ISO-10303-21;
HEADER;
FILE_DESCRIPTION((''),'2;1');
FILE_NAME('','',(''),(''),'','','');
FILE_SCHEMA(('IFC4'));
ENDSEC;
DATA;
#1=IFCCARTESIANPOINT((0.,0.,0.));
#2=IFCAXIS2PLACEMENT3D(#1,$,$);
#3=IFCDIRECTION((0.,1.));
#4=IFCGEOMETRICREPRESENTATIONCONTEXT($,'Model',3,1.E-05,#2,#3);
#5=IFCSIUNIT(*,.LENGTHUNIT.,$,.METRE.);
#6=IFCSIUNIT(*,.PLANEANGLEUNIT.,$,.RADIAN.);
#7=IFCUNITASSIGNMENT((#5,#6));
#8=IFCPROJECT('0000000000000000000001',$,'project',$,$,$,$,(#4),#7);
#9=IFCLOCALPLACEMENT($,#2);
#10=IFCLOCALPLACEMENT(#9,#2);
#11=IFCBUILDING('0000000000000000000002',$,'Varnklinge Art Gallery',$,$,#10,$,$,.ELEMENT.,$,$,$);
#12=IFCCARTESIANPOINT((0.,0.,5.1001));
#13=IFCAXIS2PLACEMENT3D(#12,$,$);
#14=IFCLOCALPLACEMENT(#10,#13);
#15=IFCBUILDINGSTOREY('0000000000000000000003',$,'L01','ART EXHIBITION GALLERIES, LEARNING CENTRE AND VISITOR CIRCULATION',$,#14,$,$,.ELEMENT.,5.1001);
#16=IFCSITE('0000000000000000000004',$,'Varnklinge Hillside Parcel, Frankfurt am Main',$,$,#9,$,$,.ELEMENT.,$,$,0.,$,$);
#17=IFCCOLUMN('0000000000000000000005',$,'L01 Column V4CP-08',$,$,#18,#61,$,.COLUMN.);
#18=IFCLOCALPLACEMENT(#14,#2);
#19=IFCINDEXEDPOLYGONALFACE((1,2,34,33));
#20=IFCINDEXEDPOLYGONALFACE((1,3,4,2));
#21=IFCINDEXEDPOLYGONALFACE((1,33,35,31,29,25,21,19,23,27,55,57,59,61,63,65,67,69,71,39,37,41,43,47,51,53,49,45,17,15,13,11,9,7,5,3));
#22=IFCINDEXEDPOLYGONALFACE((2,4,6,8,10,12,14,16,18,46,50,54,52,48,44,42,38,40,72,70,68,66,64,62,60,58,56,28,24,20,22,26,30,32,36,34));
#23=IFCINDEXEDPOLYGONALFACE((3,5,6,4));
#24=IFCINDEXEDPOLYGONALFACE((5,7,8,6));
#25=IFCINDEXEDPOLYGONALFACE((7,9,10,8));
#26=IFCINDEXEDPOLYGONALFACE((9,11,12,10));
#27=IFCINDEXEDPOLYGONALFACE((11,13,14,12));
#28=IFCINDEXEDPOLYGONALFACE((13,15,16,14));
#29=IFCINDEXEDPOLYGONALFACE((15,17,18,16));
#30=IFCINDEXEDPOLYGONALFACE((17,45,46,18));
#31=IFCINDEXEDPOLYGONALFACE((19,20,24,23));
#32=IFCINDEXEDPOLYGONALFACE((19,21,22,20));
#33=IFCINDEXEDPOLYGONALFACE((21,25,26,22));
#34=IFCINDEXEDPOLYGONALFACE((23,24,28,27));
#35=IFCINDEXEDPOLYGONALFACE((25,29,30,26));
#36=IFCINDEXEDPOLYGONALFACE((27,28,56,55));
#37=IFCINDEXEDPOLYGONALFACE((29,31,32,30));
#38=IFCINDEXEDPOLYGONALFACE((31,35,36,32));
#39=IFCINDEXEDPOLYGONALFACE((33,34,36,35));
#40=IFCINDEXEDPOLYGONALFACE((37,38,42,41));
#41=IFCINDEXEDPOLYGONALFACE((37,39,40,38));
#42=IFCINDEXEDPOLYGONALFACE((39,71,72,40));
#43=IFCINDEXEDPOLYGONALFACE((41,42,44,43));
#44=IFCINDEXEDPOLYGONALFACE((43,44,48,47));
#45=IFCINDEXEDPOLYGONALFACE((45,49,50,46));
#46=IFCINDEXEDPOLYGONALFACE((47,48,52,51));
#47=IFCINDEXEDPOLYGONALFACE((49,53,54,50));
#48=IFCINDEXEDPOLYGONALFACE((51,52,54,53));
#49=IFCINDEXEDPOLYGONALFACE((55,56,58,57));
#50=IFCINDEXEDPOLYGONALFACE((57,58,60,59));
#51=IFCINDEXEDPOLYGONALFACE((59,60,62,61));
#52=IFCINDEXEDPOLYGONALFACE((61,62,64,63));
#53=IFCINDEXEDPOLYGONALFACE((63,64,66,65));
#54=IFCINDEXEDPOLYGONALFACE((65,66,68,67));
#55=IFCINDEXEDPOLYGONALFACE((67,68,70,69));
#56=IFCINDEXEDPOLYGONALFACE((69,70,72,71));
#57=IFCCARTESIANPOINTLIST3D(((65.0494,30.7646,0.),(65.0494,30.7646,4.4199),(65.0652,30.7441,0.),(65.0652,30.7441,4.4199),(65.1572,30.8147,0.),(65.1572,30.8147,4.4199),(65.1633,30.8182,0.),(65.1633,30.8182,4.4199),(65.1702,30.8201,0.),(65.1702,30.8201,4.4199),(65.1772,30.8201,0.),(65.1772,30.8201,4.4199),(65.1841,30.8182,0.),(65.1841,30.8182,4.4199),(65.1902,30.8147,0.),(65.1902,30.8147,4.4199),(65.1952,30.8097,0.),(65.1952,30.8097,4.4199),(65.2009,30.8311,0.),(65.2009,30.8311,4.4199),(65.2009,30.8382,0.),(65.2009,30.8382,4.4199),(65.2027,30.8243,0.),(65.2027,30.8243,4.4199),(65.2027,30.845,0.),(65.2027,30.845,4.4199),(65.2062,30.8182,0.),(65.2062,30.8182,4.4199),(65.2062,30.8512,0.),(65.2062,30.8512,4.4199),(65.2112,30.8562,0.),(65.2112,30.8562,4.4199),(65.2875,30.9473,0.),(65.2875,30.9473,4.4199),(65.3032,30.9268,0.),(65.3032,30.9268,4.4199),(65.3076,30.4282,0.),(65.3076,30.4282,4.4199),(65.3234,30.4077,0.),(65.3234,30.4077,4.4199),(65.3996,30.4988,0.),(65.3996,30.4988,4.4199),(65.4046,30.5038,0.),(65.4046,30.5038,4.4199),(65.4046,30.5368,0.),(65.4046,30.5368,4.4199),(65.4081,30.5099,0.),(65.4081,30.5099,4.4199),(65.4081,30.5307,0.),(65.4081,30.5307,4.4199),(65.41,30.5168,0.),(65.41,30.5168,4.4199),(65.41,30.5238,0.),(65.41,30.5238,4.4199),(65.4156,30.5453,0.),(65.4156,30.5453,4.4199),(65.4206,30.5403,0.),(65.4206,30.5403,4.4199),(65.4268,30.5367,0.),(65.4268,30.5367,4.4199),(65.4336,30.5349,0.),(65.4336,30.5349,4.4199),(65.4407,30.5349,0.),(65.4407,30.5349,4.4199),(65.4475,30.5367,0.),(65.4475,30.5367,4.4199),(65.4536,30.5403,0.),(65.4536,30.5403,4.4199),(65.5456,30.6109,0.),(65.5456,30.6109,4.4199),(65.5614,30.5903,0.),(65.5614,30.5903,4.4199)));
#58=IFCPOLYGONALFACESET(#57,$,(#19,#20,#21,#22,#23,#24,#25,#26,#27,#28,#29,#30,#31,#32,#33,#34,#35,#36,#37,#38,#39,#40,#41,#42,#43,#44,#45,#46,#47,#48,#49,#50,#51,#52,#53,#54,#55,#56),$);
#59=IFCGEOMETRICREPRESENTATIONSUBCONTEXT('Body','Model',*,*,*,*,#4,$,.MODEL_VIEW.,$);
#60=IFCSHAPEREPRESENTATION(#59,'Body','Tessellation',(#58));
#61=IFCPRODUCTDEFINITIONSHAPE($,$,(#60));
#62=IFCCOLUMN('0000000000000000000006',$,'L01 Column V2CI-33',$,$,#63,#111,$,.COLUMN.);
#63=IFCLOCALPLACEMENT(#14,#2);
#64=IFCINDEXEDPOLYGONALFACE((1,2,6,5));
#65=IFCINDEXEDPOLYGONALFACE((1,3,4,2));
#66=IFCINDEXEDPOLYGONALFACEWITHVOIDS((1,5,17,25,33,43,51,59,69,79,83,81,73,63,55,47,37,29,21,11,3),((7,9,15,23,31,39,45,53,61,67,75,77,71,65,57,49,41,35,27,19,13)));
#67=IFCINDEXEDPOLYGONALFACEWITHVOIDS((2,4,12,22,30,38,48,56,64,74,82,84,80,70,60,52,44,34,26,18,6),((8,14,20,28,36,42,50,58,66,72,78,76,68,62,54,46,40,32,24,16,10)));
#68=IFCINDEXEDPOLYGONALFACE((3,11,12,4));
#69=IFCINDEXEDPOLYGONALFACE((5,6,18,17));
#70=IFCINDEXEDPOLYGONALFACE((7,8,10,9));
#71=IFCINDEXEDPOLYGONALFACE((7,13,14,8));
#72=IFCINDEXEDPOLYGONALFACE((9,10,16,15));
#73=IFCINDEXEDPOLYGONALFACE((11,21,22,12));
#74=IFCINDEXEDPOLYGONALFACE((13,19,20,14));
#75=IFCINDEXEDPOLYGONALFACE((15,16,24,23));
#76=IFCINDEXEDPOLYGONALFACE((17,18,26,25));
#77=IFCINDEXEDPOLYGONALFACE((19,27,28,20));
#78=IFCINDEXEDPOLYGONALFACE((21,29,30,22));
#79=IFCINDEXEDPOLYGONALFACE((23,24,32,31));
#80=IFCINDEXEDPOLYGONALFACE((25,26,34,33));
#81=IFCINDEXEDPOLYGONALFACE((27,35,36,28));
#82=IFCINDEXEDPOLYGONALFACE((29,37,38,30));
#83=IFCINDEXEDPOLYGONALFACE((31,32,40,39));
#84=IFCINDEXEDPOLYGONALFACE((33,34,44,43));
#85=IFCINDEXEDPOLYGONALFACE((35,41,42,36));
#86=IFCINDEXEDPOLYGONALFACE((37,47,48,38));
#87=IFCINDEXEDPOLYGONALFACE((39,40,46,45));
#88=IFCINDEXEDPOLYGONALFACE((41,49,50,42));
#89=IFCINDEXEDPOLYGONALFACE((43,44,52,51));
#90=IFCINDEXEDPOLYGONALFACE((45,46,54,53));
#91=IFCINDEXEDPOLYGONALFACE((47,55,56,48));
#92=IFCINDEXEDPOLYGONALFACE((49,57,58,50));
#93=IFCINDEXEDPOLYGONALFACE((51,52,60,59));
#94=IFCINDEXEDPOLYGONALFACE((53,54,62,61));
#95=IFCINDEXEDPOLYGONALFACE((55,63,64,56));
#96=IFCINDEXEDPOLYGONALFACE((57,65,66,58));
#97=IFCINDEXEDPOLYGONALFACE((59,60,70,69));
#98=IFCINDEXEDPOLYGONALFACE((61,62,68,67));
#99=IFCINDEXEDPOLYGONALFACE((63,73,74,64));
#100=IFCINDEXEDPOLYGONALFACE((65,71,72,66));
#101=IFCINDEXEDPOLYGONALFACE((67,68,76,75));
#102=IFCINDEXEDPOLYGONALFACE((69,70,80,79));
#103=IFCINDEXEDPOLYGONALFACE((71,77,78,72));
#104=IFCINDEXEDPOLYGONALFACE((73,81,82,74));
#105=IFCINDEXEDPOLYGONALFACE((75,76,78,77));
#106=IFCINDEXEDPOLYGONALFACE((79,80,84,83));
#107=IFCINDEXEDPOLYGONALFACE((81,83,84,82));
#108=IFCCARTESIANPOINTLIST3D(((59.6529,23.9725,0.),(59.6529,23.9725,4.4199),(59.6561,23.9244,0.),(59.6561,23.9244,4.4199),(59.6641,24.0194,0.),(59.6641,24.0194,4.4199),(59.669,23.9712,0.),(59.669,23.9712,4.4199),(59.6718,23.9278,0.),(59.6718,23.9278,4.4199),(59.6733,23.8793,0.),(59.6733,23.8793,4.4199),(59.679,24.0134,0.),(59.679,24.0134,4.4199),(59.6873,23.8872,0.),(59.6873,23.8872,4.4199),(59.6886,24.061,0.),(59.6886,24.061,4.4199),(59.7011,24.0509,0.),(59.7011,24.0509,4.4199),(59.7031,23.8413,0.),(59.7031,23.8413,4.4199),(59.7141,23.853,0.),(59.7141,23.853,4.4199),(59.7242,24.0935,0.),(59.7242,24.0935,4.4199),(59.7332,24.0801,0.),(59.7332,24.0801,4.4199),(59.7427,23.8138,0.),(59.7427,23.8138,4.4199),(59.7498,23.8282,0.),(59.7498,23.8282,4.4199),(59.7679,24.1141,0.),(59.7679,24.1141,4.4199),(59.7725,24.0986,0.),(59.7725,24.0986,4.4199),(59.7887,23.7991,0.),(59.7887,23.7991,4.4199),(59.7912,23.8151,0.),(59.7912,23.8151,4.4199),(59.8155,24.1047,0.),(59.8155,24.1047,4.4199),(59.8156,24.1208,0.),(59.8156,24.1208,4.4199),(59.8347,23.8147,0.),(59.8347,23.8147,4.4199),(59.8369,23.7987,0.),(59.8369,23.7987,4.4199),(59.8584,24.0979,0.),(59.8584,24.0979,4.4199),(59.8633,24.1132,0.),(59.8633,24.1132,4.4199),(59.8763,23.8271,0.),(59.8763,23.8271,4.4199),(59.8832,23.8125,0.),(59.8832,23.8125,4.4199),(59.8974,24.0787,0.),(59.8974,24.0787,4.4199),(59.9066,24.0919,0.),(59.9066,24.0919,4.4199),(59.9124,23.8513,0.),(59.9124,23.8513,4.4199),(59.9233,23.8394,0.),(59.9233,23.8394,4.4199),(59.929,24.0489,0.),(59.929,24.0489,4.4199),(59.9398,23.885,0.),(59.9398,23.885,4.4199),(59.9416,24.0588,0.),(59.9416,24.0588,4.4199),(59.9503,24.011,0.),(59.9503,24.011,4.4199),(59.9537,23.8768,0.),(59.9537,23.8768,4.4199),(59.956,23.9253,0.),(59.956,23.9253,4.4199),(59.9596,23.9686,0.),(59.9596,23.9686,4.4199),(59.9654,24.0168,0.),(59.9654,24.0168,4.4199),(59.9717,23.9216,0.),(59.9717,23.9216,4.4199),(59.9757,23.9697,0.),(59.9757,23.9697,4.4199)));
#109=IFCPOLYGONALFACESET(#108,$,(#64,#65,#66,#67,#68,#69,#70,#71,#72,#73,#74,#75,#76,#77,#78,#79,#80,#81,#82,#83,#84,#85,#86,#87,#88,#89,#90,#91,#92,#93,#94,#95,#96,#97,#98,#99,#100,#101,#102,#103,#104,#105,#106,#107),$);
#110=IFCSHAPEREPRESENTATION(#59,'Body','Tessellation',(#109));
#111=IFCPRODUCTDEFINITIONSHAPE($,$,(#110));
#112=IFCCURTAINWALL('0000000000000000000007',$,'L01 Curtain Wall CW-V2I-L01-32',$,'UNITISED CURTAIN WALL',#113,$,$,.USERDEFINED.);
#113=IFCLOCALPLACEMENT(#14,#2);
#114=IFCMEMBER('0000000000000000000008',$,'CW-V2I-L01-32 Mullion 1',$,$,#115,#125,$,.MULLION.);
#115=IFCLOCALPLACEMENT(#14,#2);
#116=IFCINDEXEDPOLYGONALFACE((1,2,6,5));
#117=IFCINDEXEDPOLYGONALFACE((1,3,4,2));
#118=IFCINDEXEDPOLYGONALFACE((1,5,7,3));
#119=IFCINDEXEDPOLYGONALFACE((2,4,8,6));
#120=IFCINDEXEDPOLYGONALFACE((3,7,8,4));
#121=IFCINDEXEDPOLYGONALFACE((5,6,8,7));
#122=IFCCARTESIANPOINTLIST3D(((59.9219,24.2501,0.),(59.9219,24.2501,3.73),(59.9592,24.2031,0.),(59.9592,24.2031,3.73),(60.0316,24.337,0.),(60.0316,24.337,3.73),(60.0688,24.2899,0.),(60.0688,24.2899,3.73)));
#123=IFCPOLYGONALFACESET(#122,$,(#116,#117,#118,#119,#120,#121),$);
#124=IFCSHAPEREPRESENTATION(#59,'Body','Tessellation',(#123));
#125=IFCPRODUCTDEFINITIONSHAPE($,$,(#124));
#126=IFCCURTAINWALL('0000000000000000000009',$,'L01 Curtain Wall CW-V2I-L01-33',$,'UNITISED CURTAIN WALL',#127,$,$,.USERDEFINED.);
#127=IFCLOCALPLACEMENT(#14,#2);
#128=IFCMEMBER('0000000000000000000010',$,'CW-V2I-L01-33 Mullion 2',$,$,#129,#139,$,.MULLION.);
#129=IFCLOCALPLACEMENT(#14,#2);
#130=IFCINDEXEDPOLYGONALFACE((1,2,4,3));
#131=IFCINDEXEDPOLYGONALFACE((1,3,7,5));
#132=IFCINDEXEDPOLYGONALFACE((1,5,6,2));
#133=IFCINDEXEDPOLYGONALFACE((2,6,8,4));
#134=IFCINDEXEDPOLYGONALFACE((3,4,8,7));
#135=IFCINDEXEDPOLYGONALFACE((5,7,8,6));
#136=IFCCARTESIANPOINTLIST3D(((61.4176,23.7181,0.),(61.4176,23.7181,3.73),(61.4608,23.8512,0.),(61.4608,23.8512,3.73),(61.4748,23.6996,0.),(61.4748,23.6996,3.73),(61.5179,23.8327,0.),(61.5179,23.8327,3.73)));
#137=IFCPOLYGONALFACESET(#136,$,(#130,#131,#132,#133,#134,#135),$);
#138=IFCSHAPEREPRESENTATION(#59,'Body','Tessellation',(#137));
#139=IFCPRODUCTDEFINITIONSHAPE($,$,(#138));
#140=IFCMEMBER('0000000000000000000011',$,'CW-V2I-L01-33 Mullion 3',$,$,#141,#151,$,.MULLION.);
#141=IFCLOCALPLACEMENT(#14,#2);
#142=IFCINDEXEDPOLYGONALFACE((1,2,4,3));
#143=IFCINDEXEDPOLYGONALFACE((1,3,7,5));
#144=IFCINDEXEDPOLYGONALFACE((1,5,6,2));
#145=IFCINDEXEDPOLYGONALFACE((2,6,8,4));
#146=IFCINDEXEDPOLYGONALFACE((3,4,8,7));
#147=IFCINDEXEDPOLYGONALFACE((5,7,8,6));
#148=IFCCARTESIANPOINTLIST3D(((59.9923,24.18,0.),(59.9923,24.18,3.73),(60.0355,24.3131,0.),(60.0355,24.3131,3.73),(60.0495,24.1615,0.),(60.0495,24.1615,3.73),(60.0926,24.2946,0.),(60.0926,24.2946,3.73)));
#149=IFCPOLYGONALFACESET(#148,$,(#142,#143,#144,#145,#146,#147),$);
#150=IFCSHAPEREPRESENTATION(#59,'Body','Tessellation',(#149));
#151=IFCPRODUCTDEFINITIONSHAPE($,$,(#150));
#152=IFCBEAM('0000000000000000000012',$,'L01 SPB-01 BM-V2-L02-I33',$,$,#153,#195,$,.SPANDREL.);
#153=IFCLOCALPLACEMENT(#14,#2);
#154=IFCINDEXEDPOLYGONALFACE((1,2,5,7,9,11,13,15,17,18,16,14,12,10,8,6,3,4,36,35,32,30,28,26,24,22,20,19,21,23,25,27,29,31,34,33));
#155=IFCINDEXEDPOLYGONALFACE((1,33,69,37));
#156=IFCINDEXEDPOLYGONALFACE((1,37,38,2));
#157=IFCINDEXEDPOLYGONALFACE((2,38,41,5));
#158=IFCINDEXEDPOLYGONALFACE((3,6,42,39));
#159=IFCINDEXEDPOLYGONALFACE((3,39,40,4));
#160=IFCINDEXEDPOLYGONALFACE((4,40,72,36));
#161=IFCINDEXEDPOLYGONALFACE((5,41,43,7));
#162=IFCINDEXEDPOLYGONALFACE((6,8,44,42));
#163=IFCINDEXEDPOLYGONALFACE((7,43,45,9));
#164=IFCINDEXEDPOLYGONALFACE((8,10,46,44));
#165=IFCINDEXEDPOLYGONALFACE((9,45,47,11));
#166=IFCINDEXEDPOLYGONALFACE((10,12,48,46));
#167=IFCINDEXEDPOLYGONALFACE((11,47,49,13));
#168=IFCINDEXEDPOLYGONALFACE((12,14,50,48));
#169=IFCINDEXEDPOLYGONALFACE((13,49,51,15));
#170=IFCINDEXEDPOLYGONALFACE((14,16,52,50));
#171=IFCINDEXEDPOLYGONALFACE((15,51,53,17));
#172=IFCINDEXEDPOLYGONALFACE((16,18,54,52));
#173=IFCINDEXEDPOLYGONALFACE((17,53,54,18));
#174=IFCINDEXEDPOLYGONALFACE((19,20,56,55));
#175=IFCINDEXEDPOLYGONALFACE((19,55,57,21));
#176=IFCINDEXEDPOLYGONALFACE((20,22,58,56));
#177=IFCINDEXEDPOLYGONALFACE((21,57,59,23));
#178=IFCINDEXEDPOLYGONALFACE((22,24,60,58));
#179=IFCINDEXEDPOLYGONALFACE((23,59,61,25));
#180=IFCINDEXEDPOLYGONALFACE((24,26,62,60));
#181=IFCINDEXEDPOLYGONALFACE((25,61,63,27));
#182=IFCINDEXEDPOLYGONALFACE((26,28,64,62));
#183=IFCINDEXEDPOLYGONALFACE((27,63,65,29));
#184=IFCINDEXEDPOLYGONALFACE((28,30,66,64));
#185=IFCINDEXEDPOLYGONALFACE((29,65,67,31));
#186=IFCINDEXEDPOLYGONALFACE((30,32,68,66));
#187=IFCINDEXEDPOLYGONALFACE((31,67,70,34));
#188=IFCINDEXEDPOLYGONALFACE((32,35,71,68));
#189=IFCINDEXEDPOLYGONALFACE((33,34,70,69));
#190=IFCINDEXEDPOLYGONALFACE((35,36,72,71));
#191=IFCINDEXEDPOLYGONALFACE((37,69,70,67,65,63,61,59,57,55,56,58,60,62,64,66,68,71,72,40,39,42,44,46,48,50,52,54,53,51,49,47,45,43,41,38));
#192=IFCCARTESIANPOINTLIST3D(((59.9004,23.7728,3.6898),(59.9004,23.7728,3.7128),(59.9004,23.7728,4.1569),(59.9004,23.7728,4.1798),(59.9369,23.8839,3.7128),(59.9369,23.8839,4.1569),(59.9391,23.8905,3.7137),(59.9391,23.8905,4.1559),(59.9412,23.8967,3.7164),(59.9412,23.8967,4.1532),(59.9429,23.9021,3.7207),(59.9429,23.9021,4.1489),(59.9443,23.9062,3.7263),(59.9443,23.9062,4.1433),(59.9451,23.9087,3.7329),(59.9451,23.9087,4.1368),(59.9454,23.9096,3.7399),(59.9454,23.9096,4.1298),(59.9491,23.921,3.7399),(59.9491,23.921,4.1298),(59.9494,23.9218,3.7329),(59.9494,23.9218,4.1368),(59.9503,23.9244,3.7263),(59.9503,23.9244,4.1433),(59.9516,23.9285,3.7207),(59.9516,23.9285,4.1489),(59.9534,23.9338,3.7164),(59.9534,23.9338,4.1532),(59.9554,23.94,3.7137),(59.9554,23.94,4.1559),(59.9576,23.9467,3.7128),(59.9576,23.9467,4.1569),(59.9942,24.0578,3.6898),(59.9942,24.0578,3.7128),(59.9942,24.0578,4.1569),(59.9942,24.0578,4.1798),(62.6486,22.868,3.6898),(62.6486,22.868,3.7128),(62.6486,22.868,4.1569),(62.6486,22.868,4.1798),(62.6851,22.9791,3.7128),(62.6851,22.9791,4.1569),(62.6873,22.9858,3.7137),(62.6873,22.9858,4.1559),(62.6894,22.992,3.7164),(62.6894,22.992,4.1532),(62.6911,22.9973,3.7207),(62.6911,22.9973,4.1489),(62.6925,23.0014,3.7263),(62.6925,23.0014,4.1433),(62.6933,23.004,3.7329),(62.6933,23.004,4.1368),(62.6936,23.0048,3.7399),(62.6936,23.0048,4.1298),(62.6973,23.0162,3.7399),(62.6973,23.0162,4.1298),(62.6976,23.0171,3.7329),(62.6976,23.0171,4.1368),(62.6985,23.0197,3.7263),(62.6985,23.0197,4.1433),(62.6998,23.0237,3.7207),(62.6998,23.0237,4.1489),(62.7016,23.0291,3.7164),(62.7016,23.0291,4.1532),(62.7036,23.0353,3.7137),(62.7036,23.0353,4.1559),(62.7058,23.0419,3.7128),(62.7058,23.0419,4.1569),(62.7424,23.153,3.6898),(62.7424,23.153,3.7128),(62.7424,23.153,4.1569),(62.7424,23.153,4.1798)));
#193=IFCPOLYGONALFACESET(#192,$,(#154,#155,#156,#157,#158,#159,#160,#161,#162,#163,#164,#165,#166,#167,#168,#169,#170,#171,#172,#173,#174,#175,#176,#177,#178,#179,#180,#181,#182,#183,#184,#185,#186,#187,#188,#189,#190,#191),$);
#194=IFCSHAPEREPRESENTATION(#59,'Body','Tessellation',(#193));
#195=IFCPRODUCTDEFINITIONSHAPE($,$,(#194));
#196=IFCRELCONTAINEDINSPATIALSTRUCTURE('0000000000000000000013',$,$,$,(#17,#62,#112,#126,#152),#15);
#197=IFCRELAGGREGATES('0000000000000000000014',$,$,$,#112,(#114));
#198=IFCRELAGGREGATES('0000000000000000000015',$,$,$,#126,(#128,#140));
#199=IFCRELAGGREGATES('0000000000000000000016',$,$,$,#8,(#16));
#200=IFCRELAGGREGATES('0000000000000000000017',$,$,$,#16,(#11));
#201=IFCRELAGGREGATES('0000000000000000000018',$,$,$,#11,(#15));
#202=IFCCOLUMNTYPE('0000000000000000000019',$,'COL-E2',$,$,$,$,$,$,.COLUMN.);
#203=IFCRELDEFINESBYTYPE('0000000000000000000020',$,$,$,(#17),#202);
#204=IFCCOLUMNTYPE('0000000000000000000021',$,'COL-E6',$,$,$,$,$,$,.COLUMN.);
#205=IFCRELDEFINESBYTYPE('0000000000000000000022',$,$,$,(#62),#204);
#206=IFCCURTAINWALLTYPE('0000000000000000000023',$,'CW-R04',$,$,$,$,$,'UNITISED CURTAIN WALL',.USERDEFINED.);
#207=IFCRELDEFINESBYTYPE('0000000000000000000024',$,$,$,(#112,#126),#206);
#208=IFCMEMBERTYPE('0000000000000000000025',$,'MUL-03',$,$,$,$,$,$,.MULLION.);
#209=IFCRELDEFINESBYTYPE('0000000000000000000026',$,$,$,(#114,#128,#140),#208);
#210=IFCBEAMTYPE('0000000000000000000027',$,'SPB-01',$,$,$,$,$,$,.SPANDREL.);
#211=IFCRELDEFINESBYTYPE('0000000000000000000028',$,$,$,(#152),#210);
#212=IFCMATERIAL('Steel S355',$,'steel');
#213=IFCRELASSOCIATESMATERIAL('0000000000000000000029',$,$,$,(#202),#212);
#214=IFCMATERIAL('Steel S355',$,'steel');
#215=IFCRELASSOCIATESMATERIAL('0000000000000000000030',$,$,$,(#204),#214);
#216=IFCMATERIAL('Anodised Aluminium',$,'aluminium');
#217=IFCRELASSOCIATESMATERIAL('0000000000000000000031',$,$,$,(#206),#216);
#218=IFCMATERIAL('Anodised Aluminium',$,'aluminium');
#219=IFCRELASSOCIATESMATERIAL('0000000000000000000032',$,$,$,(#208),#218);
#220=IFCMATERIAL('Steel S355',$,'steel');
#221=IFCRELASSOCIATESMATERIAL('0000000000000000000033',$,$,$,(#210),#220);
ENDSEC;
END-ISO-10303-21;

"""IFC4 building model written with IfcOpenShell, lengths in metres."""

from ifc_helpers import new_model, si_unit, direction, frame, origin, origin_2d, place, context, subcontext, project, spatial, rectangle, hollow_circle, i_section, extrude, material, material_profile, profile_set, type_object, element, aggregate, save


model = new_model("IFC4")

# Units and contexts
model_context = context("Model", 3, precision=1e-05, world=origin(), true_north=direction((0.0, 1.0)))
body_context = subcontext(model_context, "Body", "Model", "MODEL_VIEW")
ifc_project = project(units=[si_unit("LENGTHUNIT", "METRE"), si_unit("PLANEANGLEUNIT", "RADIAN")], contexts=[model_context])

# Site, building, storey
site_placement = place(None, origin())
site = spatial("IfcSite", under=ifc_project, at=site_placement, Name="Varnklinge Hillside Parcel, Frankfurt am Main", CompositionType="ELEMENT", RefElevation=0.0)
building_placement = place(site_placement, origin())
building = spatial("IfcBuilding", under=site, at=building_placement, Name="Varnklinge Art Gallery", CompositionType="ELEMENT")
storey_placement = place(building_placement, frame((0.0, 0.0, 5.1001)))
storey = spatial("IfcBuildingStorey", under=building, at=storey_placement, Name="L01", Description="ART EXHIBITION GALLERIES, LEARNING CENTRE AND VISITOR CIRCULATION", CompositionType="ELEMENT", Elevation=5.1001)

# Columns
ifc_material_1 = material(Name="Steel S355", Category="steel")
ifc_material_profile_1 = material_profile(ifc_material_1, i_section(OverallWidth=0.3, OverallDepth=0.45, WebThickness=0.0139, FlangeThickness=0.0259, FilletRadius=0.0271, at=origin_2d()), Name="HEB 450")
ifc_profile_set_1 = profile_set([ifc_material_profile_1], Name="Steel S355")
column_type_1 = type_object("IfcColumnType", Name="COL-E2", PredefinedType="COLUMN", material=ifc_profile_set_1)
column_1_placement = place(storey_placement, frame((65.3054, 30.6775, 0.0), z_axis=(0.0, 0.0, 1.0), x_axis=(-0.793353, -0.608761, 0.0)))
element("IfcColumn", 1, at=column_1_placement, inside=storey, type_object=column_type_1, Name="L01 Column V4CP-08", PredefinedType="COLUMN", context=body_context, shape_type="SweptSolid", body=[
    extrude(i_section(OverallWidth=0.3, OverallDepth=0.45, WebThickness=0.0139, FlangeThickness=0.0259, FilletRadius=0.0271, at=origin_2d()), origin(), (0.0, 0.0, 1.0), 4.4199),
])
ifc_material_2 = material(Name="Steel S355", Category="steel")
ifc_material_profile_2 = material_profile(ifc_material_2, hollow_circle(Radius=0.1619, WallThickness=0.0161, at=origin_2d()), Name="CHS 323.9x16")
ifc_profile_set_2 = profile_set([ifc_material_profile_2], Name="Steel S355")
column_type_2 = type_object("IfcColumnType", Name="COL-E6", PredefinedType="COLUMN", material=ifc_profile_set_2)
column_2_placement = place(storey_placement, frame((59.8142, 23.959, 0.0), z_axis=(0.0, 0.0, 1.0), x_axis=(0.57057, 0.821249, 0.0)))
element("IfcColumn", 2, at=column_2_placement, inside=storey, type_object=column_type_2, Name="L01 Column V2CI-33", PredefinedType="COLUMN", context=body_context, shape_type="SweptSolid", body=[
    extrude(hollow_circle(Radius=0.1619, WallThickness=0.0161, at=origin_2d()), origin(), (0.0, 0.0, 1.0), 4.4199),
])

# Curtain wall, member
ifc_material_3 = material(Name="Anodised Aluminium", Category="aluminium")
curtain_wall_type = type_object("IfcCurtainWallType", Name="CW-R04", ElementType="UNITISED CURTAIN WALL", PredefinedType="USERDEFINED", material=ifc_material_3)
curtain_wall_1_placement = place(storey_placement, origin())
curtain_wall_1 = element("IfcCurtainWall", 3, at=curtain_wall_1_placement, inside=storey, type_object=curtain_wall_type, Name="L01 Curtain Wall CW-V2I-L01-32", ObjectType="UNITISED CURTAIN WALL", PredefinedType="USERDEFINED")
ifc_material_4 = material(Name="Anodised Aluminium", Category="aluminium")
ifc_material_profile_3 = material_profile(ifc_material_4, rectangle(XDim=0.0601, YDim=0.1399, at=origin_2d()), Name="ALU 60x140")
ifc_profile_set_3 = profile_set([ifc_material_profile_3], Name="Anodised Aluminium")
member_type_1 = type_object("IfcMemberType", Name="MUL-03", PredefinedType="MULLION", material=ifc_profile_set_3)
member_1_placement = place(storey_placement, frame((59.9954, 24.27, 0.0), z_axis=(0.0, 0.0, 1.0), x_axis=(-0.620737, 0.784019, 0.0)))
member_1 = element("IfcMember", 4, at=member_1_placement, type_object=member_type_1, Name="CW-V2I-L01-32 Mullion 1", PredefinedType="MULLION", context=body_context, shape_type="SweptSolid", body=[
    extrude(rectangle(XDim=0.0601, YDim=0.1399, at=origin_2d()), origin(), (0.0, 0.0, 1.0), 3.73),
])

# Curtain wall, members
curtain_wall_2_placement = place(storey_placement, origin())
curtain_wall_2 = element("IfcCurtainWall", 5, at=curtain_wall_2_placement, inside=storey, type_object=curtain_wall_type, Name="L01 Curtain Wall CW-V2I-L01-33", ObjectType="UNITISED CURTAIN WALL", PredefinedType="USERDEFINED")
member_2_placement = place(storey_placement, frame((61.4678, 23.7754, 0.0), z_axis=(0.0, 0.0, 1.0), x_axis=(-0.951272, 0.308353, 0.0)))
member_2 = element("IfcMember", 6, at=member_2_placement, type_object=member_type_1, Name="CW-V2I-L01-33 Mullion 2", PredefinedType="MULLION", context=body_context, shape_type="SweptSolid", body=[
    extrude(rectangle(XDim=0.0601, YDim=0.1399, at=origin_2d()), origin(), (0.0, 0.0, 1.0), 3.73),
])
member_3_placement = place(storey_placement, frame((60.0425, 24.2373, 0.0), z_axis=(0.0, 0.0, 1.0), x_axis=(-0.951272, 0.308353, 0.0)))
member_3 = element("IfcMember", 7, at=member_3_placement, type_object=member_type_1, Name="CW-V2I-L01-33 Mullion 3", PredefinedType="MULLION", context=body_context, shape_type="SweptSolid", body=[
    extrude(rectangle(XDim=0.0601, YDim=0.1399, at=origin_2d()), origin(), (0.0, 0.0, 1.0), 3.73),
])

# Beam
ifc_material_5 = material(Name="Steel S355", Category="steel")
ifc_material_profile_4 = material_profile(ifc_material_5, i_section(OverallWidth=0.3, OverallDepth=0.49, WebThickness=0.012, FlangeThickness=0.0229, FilletRadius=0.0271, at=origin_2d()), Name="HEA 500")
ifc_profile_set_4 = profile_set([ifc_material_profile_4], Name="Steel S355")
beam_type = type_object("IfcBeamType", Name="SPB-01", PredefinedType="SPANDREL", material=ifc_profile_set_4)
beam_placement = place(storey_placement, frame((59.9473, 23.9153, 3.9348), z_axis=(0.94985, -0.312707, 0.0), x_axis=(0.312707, 0.94985, 0.0)))
element("IfcBeam", 8, at=beam_placement, inside=storey, type_object=beam_type, Name="L01 SPB-01 BM-V2-L02-I33", PredefinedType="SPANDREL", context=body_context, shape_type="SweptSolid", body=[
    extrude(i_section(OverallWidth=0.3, OverallDepth=0.49, WebThickness=0.012, FlangeThickness=0.0229, FilletRadius=0.0271, at=origin_2d()), origin(), (0.0, 0.0, 1.0), 2.8933),
])

aggregate(curtain_wall_1, [member_1])
aggregate(curtain_wall_2, [member_2, member_3])

save(model, "model.ifc")
